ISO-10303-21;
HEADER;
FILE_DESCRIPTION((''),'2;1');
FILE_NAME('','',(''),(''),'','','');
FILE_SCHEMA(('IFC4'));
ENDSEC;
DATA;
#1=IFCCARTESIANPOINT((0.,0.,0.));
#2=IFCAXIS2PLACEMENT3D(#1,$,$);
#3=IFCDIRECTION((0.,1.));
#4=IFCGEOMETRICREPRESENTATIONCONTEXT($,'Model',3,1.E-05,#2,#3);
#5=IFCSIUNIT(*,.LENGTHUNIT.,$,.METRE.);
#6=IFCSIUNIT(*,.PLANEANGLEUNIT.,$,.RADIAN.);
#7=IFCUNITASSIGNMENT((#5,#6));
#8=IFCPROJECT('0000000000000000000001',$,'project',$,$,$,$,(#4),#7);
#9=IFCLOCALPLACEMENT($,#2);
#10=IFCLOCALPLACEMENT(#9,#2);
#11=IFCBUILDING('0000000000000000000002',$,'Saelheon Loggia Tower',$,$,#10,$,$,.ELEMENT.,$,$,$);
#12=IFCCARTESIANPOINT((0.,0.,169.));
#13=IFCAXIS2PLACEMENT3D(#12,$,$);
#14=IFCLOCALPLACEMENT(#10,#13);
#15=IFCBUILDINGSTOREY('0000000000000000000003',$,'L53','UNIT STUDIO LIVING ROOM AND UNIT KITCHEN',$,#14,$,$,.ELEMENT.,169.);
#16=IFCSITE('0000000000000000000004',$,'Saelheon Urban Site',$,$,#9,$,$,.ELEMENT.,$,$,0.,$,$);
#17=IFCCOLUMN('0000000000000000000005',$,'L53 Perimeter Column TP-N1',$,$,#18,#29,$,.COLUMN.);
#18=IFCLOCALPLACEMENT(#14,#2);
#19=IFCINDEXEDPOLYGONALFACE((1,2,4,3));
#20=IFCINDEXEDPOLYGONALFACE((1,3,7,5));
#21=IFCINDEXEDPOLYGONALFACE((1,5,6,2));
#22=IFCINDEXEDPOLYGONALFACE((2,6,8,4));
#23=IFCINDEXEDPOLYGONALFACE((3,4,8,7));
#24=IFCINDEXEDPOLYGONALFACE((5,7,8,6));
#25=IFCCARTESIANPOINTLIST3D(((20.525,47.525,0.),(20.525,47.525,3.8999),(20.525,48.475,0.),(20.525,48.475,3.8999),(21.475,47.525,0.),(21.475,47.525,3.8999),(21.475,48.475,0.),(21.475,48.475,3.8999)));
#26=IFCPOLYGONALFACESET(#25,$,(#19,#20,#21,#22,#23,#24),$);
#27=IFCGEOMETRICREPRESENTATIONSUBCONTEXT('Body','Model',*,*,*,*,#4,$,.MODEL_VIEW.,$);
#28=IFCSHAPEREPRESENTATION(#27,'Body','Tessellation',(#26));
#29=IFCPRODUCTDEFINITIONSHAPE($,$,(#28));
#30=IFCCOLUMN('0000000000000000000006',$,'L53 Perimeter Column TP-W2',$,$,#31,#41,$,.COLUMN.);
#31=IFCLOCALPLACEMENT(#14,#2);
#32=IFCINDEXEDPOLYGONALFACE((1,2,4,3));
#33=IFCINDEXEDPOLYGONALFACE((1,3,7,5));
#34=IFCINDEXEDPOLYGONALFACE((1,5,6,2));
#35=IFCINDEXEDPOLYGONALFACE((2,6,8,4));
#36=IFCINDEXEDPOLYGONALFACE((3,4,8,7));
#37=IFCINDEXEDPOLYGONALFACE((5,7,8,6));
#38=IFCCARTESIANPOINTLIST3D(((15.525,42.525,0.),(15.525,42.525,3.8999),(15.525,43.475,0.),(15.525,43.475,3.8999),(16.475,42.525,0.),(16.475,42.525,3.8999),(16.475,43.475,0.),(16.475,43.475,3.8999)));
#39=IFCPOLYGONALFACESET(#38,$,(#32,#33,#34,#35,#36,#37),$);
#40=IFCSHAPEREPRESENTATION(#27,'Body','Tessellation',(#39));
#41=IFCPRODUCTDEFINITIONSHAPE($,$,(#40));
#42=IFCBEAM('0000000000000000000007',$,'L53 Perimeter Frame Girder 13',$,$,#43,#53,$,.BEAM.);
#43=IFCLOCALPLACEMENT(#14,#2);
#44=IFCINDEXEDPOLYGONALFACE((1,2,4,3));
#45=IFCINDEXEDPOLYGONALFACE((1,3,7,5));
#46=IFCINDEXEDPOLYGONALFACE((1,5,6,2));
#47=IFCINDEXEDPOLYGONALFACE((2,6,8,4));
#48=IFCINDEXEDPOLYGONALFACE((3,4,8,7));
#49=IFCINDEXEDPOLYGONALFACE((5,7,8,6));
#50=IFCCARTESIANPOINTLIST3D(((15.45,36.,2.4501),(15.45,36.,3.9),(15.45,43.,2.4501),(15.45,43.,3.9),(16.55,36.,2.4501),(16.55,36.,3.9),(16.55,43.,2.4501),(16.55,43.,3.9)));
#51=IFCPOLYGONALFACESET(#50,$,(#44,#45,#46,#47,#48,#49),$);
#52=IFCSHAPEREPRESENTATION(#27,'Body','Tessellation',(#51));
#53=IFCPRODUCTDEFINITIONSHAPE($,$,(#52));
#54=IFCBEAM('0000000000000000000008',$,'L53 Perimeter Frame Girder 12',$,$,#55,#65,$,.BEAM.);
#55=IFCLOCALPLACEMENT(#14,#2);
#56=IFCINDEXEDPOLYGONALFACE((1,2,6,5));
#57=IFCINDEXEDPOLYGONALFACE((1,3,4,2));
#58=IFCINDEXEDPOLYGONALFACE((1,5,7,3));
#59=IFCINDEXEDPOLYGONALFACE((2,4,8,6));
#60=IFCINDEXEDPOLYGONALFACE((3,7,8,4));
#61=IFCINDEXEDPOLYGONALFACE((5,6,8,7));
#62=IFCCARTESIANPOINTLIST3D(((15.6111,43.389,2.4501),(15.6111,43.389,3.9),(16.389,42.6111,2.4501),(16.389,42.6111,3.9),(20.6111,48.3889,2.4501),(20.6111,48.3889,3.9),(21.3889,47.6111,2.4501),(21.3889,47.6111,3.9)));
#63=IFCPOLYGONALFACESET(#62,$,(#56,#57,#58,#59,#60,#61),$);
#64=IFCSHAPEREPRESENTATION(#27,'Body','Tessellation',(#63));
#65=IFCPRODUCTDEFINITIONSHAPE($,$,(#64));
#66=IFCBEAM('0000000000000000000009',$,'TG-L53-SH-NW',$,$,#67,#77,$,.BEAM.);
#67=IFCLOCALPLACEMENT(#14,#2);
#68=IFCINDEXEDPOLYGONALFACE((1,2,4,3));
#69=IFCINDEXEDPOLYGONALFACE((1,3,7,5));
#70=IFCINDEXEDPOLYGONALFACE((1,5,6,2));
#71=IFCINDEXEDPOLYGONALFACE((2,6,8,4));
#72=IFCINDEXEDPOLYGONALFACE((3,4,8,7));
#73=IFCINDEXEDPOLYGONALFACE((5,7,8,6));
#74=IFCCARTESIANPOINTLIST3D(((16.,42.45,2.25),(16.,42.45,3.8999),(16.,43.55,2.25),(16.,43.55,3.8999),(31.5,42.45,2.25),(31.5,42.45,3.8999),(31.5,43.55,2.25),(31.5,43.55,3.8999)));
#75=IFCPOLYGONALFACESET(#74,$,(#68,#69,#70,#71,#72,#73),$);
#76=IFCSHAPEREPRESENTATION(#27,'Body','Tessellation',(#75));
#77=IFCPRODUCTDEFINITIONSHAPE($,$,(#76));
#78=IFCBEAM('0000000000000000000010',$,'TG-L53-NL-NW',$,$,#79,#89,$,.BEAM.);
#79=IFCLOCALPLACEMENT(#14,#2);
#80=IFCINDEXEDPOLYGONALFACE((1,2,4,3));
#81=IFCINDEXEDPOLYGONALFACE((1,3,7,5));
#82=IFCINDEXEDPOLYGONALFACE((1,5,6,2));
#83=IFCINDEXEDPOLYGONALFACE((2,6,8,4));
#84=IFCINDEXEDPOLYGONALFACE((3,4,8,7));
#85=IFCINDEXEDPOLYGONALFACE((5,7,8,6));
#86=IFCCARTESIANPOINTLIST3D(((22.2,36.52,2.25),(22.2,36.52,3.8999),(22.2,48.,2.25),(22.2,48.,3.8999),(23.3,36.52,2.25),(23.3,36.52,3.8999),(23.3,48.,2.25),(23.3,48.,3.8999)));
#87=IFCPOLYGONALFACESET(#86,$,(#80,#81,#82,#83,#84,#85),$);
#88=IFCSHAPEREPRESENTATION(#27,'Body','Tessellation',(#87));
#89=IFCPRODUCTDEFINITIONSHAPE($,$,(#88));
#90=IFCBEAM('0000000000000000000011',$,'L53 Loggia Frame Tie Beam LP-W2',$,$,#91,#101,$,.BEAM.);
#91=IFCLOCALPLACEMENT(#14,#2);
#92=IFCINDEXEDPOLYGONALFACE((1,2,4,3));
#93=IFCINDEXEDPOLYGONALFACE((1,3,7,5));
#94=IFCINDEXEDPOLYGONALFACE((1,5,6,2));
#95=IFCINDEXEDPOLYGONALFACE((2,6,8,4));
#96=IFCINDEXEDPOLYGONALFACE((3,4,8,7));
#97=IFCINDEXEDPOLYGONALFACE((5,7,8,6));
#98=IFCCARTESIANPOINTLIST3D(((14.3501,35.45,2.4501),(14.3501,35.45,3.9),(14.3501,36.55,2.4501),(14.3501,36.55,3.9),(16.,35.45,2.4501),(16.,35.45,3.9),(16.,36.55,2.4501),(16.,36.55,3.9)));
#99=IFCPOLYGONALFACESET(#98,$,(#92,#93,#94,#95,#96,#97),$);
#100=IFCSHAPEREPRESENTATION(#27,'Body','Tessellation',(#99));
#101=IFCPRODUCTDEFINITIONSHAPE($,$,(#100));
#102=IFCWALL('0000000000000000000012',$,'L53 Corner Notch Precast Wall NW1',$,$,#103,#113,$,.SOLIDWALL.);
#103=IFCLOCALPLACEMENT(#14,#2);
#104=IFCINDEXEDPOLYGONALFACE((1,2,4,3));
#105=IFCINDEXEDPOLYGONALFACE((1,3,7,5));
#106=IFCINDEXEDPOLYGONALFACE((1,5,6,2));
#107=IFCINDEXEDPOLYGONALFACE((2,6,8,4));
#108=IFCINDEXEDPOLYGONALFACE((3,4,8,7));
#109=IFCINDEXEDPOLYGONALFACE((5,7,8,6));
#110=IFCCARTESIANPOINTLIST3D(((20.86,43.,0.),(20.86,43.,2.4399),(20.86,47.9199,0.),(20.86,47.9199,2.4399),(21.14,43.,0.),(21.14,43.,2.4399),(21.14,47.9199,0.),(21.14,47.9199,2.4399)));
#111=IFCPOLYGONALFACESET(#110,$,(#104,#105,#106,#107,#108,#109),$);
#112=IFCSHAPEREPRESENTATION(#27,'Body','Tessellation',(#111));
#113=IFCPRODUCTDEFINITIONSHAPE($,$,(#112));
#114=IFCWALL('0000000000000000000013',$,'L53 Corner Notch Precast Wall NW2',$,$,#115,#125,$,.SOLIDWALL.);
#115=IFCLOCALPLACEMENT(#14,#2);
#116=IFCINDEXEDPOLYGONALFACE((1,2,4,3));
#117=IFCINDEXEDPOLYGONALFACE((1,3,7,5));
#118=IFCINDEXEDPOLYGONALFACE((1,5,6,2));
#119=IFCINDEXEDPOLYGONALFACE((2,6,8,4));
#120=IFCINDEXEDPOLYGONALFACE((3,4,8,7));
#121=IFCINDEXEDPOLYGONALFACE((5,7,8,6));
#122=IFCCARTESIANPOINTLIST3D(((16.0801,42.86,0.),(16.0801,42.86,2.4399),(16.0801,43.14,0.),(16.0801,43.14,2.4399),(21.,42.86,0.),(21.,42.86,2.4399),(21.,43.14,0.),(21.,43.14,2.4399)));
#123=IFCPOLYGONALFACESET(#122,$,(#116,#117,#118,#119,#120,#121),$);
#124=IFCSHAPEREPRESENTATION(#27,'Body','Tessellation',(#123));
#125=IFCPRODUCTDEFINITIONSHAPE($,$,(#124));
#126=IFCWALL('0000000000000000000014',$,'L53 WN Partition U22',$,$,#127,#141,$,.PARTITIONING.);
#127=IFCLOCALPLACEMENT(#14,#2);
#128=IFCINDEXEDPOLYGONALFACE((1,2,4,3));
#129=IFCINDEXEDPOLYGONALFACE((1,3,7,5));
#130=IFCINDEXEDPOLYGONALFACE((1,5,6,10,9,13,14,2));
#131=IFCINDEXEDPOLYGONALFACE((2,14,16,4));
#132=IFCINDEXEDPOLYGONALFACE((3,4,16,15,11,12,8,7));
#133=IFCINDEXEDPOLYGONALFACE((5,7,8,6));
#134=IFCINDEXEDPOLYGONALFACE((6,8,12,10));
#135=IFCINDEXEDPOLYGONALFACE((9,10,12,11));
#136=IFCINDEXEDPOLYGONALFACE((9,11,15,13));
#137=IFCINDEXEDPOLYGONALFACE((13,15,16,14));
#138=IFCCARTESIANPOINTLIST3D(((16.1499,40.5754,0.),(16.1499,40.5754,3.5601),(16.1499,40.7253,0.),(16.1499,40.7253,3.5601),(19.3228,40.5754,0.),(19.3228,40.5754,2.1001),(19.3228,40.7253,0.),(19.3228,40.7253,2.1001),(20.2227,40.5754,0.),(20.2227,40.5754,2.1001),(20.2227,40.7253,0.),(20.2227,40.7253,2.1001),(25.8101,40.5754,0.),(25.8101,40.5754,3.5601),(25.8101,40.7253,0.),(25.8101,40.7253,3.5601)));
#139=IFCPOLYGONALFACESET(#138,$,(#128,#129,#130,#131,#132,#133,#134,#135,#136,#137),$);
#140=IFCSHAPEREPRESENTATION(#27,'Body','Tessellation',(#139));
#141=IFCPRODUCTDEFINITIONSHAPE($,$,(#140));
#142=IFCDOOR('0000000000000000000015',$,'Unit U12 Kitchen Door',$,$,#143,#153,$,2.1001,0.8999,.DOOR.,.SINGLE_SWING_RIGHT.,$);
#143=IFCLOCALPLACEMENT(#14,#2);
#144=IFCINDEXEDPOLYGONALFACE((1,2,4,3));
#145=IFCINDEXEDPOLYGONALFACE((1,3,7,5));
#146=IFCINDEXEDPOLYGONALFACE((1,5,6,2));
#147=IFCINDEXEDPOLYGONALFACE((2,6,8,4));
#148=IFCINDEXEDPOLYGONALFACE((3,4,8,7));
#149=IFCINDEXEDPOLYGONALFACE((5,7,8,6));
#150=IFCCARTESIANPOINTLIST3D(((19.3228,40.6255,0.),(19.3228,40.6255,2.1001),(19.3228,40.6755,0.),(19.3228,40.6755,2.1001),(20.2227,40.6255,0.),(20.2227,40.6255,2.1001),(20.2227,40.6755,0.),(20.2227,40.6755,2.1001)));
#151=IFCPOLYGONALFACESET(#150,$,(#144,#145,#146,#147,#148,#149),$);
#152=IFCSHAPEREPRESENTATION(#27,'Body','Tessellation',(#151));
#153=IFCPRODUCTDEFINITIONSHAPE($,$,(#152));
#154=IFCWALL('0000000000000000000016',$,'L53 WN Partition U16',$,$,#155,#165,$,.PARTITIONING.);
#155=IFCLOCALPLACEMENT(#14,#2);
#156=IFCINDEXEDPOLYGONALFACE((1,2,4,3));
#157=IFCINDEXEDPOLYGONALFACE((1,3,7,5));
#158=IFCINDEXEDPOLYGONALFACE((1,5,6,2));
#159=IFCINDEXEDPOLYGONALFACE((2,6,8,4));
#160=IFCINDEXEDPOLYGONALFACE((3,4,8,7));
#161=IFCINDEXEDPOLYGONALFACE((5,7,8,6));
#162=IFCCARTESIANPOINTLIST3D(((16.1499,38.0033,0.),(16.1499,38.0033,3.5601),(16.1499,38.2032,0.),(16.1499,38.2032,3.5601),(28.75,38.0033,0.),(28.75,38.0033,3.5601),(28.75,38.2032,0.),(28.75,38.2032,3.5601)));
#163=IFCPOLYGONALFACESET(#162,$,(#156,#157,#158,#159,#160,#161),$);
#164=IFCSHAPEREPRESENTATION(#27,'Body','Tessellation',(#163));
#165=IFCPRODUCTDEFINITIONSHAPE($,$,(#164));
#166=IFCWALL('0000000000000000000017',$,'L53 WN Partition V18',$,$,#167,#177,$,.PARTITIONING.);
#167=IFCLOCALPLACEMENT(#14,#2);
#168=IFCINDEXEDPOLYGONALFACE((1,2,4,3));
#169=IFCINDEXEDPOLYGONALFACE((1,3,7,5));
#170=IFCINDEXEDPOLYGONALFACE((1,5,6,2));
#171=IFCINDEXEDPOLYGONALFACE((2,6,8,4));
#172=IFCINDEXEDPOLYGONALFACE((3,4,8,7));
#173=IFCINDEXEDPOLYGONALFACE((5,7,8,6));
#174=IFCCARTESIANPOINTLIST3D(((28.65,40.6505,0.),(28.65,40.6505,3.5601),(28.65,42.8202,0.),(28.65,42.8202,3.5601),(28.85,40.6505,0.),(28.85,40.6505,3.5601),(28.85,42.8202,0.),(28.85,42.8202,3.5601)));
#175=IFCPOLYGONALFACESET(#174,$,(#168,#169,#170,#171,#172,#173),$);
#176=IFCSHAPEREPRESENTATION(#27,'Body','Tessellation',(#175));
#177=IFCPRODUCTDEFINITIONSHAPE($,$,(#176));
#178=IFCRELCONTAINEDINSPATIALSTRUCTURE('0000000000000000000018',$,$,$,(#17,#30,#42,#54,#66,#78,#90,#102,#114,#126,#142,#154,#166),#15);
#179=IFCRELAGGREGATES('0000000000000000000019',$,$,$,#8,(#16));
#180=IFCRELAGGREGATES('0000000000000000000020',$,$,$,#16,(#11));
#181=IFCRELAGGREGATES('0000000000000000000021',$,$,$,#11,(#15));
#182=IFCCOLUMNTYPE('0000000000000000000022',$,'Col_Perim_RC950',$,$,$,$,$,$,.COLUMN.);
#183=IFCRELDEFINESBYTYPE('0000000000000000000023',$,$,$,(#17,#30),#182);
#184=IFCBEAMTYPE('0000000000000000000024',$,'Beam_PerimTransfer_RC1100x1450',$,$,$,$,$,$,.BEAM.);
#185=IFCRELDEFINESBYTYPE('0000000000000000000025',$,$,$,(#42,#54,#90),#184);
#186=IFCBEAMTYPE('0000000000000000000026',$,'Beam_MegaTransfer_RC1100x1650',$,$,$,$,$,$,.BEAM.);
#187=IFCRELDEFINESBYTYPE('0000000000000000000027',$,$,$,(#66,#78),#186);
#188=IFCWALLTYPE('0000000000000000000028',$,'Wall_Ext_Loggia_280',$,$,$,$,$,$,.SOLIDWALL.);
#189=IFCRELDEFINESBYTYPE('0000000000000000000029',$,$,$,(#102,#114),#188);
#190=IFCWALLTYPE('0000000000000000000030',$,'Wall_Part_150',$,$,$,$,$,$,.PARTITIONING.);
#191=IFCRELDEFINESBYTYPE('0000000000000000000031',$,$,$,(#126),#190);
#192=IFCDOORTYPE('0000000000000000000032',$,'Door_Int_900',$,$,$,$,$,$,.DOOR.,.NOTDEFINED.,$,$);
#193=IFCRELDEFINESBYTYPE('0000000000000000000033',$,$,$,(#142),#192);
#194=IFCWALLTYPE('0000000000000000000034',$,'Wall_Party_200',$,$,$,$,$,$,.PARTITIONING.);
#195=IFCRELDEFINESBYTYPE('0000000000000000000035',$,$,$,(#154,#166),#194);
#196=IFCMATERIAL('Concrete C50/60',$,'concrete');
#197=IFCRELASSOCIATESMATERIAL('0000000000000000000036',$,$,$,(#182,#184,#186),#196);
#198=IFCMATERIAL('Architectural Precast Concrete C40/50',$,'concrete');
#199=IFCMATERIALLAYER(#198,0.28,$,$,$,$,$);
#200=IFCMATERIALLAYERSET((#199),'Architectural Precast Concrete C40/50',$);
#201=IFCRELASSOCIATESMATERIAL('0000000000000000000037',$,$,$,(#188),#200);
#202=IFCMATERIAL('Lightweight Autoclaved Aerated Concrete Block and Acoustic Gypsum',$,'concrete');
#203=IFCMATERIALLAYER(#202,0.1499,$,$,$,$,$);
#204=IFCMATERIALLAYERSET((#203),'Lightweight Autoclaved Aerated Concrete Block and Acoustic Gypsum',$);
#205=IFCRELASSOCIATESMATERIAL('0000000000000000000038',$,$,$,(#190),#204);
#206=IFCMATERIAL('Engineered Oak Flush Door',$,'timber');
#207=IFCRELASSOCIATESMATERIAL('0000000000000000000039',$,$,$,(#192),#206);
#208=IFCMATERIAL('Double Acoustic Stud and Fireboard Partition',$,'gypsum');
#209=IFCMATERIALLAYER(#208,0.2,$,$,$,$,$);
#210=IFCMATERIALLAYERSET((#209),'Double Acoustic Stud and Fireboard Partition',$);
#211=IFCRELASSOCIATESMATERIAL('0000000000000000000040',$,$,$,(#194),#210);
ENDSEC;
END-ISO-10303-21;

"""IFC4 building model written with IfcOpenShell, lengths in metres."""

from ifc_helpers import new_model, si_unit, direction, frame, frame_2d, origin, origin_2d, place, context, subcontext, project, spatial, rectangle, extrude, source, transform, mapped, material, layer, layer_set, material_profile, profile_set, type_object, element, fill, save


model = new_model("IFC4")

# Units and contexts
model_context = context("Model", 3, precision=1e-05, world=origin(), true_north=direction((0.0, 1.0)))
body_context = subcontext(model_context, "Body", "Model", "MODEL_VIEW")
ifc_project = project(units=[si_unit("LENGTHUNIT", "METRE"), si_unit("PLANEANGLEUNIT", "RADIAN")], contexts=[model_context])

# Site, building, storey
site_placement = place(None, origin())
site = spatial("IfcSite", under=ifc_project, at=site_placement, Name="Saelheon Urban Site", CompositionType="ELEMENT", RefElevation=0.0)
building_placement = place(site_placement, origin())
building = spatial("IfcBuilding", under=site, at=building_placement, Name="Saelheon Loggia Tower", CompositionType="ELEMENT")
storey_placement = place(building_placement, frame((0.0, 0.0, 169.0)))
storey = spatial("IfcBuildingStorey", under=building, at=storey_placement, Name="L53", Description="UNIT STUDIO LIVING ROOM AND UNIT KITCHEN", CompositionType="ELEMENT", Elevation=169.0)

# Columns
ifc_material_1 = material(Name="Concrete C50/60", Category="concrete")
ifc_material_profile_1 = material_profile(ifc_material_1, rectangle(XDim=0.95, YDim=0.95, at=origin_2d()), Name="RC-950x950")
ifc_profile_set_1 = profile_set([ifc_material_profile_1], Name="Concrete C50/60")
column_type = type_object("IfcColumnType", Name="Col_Perim_RC950", PredefinedType="COLUMN", material=ifc_profile_set_1)
shared_shape_1 = source(origin(), body_context, "Body", "SweptSolid", [
    extrude(rectangle(XDim=0.95, YDim=0.95, at=origin_2d()), origin(), (0.0, 0.0, 1.0), 3.8999),
])
for number, where, z_axis, x_axis, name in (
    (1, (21.0, 48.0, 0.0), (0.0, 0.0, 1.0), (1.0, 0.0, 0.0), "L53 Perimeter Column TP-N1"),
    (2, (16.0, 43.0, 0.0), (0.0, 0.0, 1.0), (1.0, 0.0, 0.0), "L53 Perimeter Column TP-W2"),
):
    element("IfcColumn", number, at=place(storey_placement, frame(where, z_axis=z_axis, x_axis=x_axis)), inside=storey, type_object=column_type, Name=name, PredefinedType="COLUMN", context=body_context, shape_type="MappedRepresentation", body=[
        mapped(shared_shape_1, transform((0.0, 0.0, 0.0), scale=1.0)),
    ])

# Beams
ifc_material_profile_2 = material_profile(ifc_material_1, rectangle(XDim=1.1001, YDim=1.45, at=origin_2d()), Name="RC-1100x1450")
ifc_profile_set_2 = profile_set([ifc_material_profile_2], Name="Concrete C50/60")
beam_type_1 = type_object("IfcBeamType", Name="Beam_PerimTransfer_RC1100x1450", PredefinedType="BEAM", material=ifc_profile_set_2)
shared_shape_2 = source(origin(), body_context, "Body", "SweptSolid", [
    extrude(rectangle(XDim=1.1001, YDim=1.45, at=origin_2d()), origin(), (0.0, 0.0, 1.0), 7.0),
])
beam_1_placement = place(storey_placement, frame((16.0, 43.0, 3.175), z_axis=(0.0, -1.0, 0.0), x_axis=(1.0, 0.0, 0.0)))
element("IfcBeam", 3, at=beam_1_placement, inside=storey, type_object=beam_type_1, Name="L53 Perimeter Frame Girder 13", PredefinedType="BEAM", context=body_context, shape_type="MappedRepresentation", body=[
    mapped(shared_shape_2, transform((0.0, 0.0, 0.0), scale=1.0)),
])
shared_shape_3 = source(origin(), body_context, "Body", "SweptSolid", [
    extrude(rectangle(XDim=1.1001, YDim=1.45, at=origin_2d()), origin(), (0.0, 0.0, 1.0), 7.071),
])
beam_2_placement = place(storey_placement, frame((21.0, 48.0, 3.175), z_axis=(-0.707107, -0.707107, 0.0), x_axis=(0.707107, -0.707107, 0.0)))
element("IfcBeam", 4, at=beam_2_placement, inside=storey, type_object=beam_type_1, Name="L53 Perimeter Frame Girder 12", PredefinedType="BEAM", context=body_context, shape_type="MappedRepresentation", body=[
    mapped(shared_shape_3, transform((0.0, 0.0, 0.0), scale=1.0)),
])
ifc_material_profile_3 = material_profile(ifc_material_1, rectangle(XDim=1.1001, YDim=1.6499, at=origin_2d()), Name="RC-1100x1650")
ifc_profile_set_3 = profile_set([ifc_material_profile_3], Name="Concrete C50/60")
beam_type_2 = type_object("IfcBeamType", Name="Beam_MegaTransfer_RC1100x1650", PredefinedType="BEAM", material=ifc_profile_set_3)
shared_shape_4 = source(origin(), body_context, "Body", "SweptSolid", [
    extrude(rectangle(XDim=1.1001, YDim=1.6499, at=origin_2d()), origin(), (0.0, 0.0, 1.0), 15.5),
])
beam_3_placement = place(storey_placement, frame((16.0, 43.0, 3.075), z_axis=(1.0, 0.0, 0.0), x_axis=(0.0, 1.0, 0.0)))
element("IfcBeam", 5, at=beam_3_placement, inside=storey, type_object=beam_type_2, Name="TG-L53-SH-NW", PredefinedType="BEAM", context=body_context, shape_type="MappedRepresentation", body=[
    mapped(shared_shape_4, transform((0.0, 0.0, 0.0), scale=1.0)),
])
shared_shape_5 = source(origin(), body_context, "Body", "SweptSolid", [
    extrude(rectangle(XDim=1.1001, YDim=1.6499, at=origin_2d()), origin(), (0.0, 0.0, 1.0), 11.48),
])
beam_4_placement = place(storey_placement, frame((22.75, 36.52, 3.075), z_axis=(0.0, 1.0, 0.0), x_axis=(-1.0, 0.0, 0.0)))
element("IfcBeam", 6, at=beam_4_placement, inside=storey, type_object=beam_type_2, Name="TG-L53-NL-NW", PredefinedType="BEAM", context=body_context, shape_type="MappedRepresentation", body=[
    mapped(shared_shape_5, transform((0.0, 0.0, 0.0), scale=1.0)),
])
shared_shape_6 = source(origin(), body_context, "Body", "SweptSolid", [
    extrude(rectangle(XDim=1.1001, YDim=1.45, at=origin_2d()), origin(), (0.0, 0.0, 1.0), 1.6499),
])
beam_5_placement = place(storey_placement, frame((16.0, 36.0, 3.175), z_axis=(-1.0, 0.0, 0.0), x_axis=(0.0, -1.0, 0.0)))
element("IfcBeam", 7, at=beam_5_placement, inside=storey, type_object=beam_type_1, Name="L53 Loggia Frame Tie Beam LP-W2", PredefinedType="BEAM", context=body_context, shape_type="MappedRepresentation", body=[
    mapped(shared_shape_6, transform((0.0, 0.0, 0.0), scale=1.0)),
])

# Shared definitions
ifc_material_2 = material(Name="Architectural Precast Concrete C40/50", Category="concrete")
ifc_layer_1 = layer(ifc_material_2, 0.28)
ifc_layer_set_1 = layer_set([ifc_layer_1], Name="Architectural Precast Concrete C40/50")
wall_type_1 = type_object("IfcWallType", Name="Wall_Ext_Loggia_280", PredefinedType="SOLIDWALL", material=ifc_layer_set_1)

# Walls
for number, where, z_axis, x_axis, name in (
    (8, (21.0, 43.0, 0.0), (0.0, 0.0, 1.0), (0.0, 1.0, 0.0), "L53 Corner Notch Precast Wall NW1"),
    (9, (16.0801, 43.0, 0.0), (0.0, 0.0, 1.0), (1.0, 0.0, 0.0), "L53 Corner Notch Precast Wall NW2"),
):
    element("IfcWall", number, at=place(storey_placement, frame(where, z_axis=z_axis, x_axis=x_axis)), inside=storey, type_object=wall_type_1, Name=name, PredefinedType="SOLIDWALL", context=body_context, shape_type="SweptSolid", body=[
        extrude(rectangle(XDim=4.9199, YDim=0.28, at=frame_2d((2.46, 0.0))), origin(), (0.0, 0.0, 1.0), 2.4399),
    ])

# Wall, opening, door
ifc_material_3 = material(Name="Lightweight Autoclaved Aerated Concrete Block and Acoustic Gypsum", Category="concrete")
ifc_layer_2 = layer(ifc_material_3, 0.1499)
ifc_layer_set_2 = layer_set([ifc_layer_2], Name="Lightweight Autoclaved Aerated Concrete Block and Acoustic Gypsum")
wall_type_2 = type_object("IfcWallType", Name="Wall_Part_150", PredefinedType="PARTITIONING", material=ifc_layer_set_2)
wall_1_placement = place(storey_placement, frame((25.8101, 40.6504, 0.0), z_axis=(0.0, 0.0, 1.0), x_axis=(-1.0, 0.0, 0.0)))
wall_1 = element("IfcWall", 10, at=wall_1_placement, inside=storey, type_object=wall_type_2, Name="L53 WN Partition U22", PredefinedType="PARTITIONING", context=body_context, shape_type="SweptSolid", body=[
    extrude(rectangle(XDim=9.6602, YDim=0.1499, at=frame_2d((4.8301, 0.0))), origin(), (0.0, 0.0, 1.0), 3.5601),
])
opening_1_placement = place(wall_1_placement, frame((5.5874, 0.0, 0.0)))
opening_1 = element("IfcOpeningElement", 11, at=opening_1_placement, cuts=wall_1, PredefinedType="OPENING", context=body_context, shape_type="SweptSolid", body=[
    extrude(rectangle(XDim=0.8999, YDim=2.1001, at=frame_2d((0.45, 1.05))), frame((0.0, 0.0869, 0.0), z_axis=(0.0, -1.0, 0.0), x_axis=(1.0, 0.0, 0.0)), (0.0, 0.0, 1.0), 0.1738),
])
ifc_material_4 = material(Name="Engineered Oak Flush Door", Category="timber")
door_type_1 = type_object("IfcDoorType", Name="Door_Int_900", OperationType="NOTDEFINED", PredefinedType="DOOR", material=ifc_material_4)
shared_shape_7 = source(origin(), body_context, "Body", "SweptSolid", [
    extrude(rectangle(XDim=0.8999, YDim=2.1001, at=frame_2d((0.45, 1.05))), frame((0.0, 0.0249, 0.0), z_axis=(0.0, -1.0, 0.0), x_axis=(1.0, 0.0, 0.0)), (0.0, 0.0, 1.0), 0.05),
])
door_1_placement = place(opening_1_placement, origin())
door_1 = element("IfcDoor", 12, at=door_1_placement, inside=storey, type_object=door_type_1, Name="Unit U12 Kitchen Door", OperationType="SINGLE_SWING_RIGHT", OverallHeight=2.1001, OverallWidth=0.8999, PredefinedType="DOOR", context=body_context, shape_type="MappedRepresentation", body=[
    mapped(shared_shape_7, transform((0.0, 0.0, 0.0), scale=1.0)),
])
fill(opening_1, door_1)

# Wall
ifc_material_5 = material(Name="Double Acoustic Stud and Fireboard Partition", Category="gypsum")
ifc_layer_3 = layer(ifc_material_5, 0.2)
ifc_layer_set_3 = layer_set([ifc_layer_3], Name="Double Acoustic Stud and Fireboard Partition")
wall_type_3 = type_object("IfcWallType", Name="Wall_Party_200", PredefinedType="PARTITIONING", material=ifc_layer_set_3)
wall_2_placement = place(storey_placement, frame((28.75, 38.1033, 0.0), z_axis=(0.0, 0.0, 1.0), x_axis=(-1.0, 0.0, 0.0)))
element("IfcWall", 13, at=wall_2_placement, inside=storey, type_object=wall_type_3, Name="L53 WN Partition U16", PredefinedType="PARTITIONING", context=body_context, shape_type="SweptSolid", body=[
    extrude(rectangle(XDim=12.6001, YDim=0.2, at=frame_2d((6.3, 0.0))), origin(), (0.0, 0.0, 1.0), 3.5601),
])

# Wall
wall_3_placement = place(storey_placement, frame((28.75, 40.6504, 0.0), z_axis=(0.0, 0.0, 1.0), x_axis=(0.0, 1.0, 0.0)))
element("IfcWall", 14, at=wall_3_placement, inside=storey, type_object=wall_type_3, Name="L53 WN Partition V18", PredefinedType="PARTITIONING", context=body_context, shape_type="SweptSolid", body=[
    extrude(rectangle(XDim=2.1697, YDim=0.2, at=frame_2d((1.085, 0.0))), origin(), (0.0, 0.0, 1.0), 3.5601),
])

save(model, "model.ifc")
